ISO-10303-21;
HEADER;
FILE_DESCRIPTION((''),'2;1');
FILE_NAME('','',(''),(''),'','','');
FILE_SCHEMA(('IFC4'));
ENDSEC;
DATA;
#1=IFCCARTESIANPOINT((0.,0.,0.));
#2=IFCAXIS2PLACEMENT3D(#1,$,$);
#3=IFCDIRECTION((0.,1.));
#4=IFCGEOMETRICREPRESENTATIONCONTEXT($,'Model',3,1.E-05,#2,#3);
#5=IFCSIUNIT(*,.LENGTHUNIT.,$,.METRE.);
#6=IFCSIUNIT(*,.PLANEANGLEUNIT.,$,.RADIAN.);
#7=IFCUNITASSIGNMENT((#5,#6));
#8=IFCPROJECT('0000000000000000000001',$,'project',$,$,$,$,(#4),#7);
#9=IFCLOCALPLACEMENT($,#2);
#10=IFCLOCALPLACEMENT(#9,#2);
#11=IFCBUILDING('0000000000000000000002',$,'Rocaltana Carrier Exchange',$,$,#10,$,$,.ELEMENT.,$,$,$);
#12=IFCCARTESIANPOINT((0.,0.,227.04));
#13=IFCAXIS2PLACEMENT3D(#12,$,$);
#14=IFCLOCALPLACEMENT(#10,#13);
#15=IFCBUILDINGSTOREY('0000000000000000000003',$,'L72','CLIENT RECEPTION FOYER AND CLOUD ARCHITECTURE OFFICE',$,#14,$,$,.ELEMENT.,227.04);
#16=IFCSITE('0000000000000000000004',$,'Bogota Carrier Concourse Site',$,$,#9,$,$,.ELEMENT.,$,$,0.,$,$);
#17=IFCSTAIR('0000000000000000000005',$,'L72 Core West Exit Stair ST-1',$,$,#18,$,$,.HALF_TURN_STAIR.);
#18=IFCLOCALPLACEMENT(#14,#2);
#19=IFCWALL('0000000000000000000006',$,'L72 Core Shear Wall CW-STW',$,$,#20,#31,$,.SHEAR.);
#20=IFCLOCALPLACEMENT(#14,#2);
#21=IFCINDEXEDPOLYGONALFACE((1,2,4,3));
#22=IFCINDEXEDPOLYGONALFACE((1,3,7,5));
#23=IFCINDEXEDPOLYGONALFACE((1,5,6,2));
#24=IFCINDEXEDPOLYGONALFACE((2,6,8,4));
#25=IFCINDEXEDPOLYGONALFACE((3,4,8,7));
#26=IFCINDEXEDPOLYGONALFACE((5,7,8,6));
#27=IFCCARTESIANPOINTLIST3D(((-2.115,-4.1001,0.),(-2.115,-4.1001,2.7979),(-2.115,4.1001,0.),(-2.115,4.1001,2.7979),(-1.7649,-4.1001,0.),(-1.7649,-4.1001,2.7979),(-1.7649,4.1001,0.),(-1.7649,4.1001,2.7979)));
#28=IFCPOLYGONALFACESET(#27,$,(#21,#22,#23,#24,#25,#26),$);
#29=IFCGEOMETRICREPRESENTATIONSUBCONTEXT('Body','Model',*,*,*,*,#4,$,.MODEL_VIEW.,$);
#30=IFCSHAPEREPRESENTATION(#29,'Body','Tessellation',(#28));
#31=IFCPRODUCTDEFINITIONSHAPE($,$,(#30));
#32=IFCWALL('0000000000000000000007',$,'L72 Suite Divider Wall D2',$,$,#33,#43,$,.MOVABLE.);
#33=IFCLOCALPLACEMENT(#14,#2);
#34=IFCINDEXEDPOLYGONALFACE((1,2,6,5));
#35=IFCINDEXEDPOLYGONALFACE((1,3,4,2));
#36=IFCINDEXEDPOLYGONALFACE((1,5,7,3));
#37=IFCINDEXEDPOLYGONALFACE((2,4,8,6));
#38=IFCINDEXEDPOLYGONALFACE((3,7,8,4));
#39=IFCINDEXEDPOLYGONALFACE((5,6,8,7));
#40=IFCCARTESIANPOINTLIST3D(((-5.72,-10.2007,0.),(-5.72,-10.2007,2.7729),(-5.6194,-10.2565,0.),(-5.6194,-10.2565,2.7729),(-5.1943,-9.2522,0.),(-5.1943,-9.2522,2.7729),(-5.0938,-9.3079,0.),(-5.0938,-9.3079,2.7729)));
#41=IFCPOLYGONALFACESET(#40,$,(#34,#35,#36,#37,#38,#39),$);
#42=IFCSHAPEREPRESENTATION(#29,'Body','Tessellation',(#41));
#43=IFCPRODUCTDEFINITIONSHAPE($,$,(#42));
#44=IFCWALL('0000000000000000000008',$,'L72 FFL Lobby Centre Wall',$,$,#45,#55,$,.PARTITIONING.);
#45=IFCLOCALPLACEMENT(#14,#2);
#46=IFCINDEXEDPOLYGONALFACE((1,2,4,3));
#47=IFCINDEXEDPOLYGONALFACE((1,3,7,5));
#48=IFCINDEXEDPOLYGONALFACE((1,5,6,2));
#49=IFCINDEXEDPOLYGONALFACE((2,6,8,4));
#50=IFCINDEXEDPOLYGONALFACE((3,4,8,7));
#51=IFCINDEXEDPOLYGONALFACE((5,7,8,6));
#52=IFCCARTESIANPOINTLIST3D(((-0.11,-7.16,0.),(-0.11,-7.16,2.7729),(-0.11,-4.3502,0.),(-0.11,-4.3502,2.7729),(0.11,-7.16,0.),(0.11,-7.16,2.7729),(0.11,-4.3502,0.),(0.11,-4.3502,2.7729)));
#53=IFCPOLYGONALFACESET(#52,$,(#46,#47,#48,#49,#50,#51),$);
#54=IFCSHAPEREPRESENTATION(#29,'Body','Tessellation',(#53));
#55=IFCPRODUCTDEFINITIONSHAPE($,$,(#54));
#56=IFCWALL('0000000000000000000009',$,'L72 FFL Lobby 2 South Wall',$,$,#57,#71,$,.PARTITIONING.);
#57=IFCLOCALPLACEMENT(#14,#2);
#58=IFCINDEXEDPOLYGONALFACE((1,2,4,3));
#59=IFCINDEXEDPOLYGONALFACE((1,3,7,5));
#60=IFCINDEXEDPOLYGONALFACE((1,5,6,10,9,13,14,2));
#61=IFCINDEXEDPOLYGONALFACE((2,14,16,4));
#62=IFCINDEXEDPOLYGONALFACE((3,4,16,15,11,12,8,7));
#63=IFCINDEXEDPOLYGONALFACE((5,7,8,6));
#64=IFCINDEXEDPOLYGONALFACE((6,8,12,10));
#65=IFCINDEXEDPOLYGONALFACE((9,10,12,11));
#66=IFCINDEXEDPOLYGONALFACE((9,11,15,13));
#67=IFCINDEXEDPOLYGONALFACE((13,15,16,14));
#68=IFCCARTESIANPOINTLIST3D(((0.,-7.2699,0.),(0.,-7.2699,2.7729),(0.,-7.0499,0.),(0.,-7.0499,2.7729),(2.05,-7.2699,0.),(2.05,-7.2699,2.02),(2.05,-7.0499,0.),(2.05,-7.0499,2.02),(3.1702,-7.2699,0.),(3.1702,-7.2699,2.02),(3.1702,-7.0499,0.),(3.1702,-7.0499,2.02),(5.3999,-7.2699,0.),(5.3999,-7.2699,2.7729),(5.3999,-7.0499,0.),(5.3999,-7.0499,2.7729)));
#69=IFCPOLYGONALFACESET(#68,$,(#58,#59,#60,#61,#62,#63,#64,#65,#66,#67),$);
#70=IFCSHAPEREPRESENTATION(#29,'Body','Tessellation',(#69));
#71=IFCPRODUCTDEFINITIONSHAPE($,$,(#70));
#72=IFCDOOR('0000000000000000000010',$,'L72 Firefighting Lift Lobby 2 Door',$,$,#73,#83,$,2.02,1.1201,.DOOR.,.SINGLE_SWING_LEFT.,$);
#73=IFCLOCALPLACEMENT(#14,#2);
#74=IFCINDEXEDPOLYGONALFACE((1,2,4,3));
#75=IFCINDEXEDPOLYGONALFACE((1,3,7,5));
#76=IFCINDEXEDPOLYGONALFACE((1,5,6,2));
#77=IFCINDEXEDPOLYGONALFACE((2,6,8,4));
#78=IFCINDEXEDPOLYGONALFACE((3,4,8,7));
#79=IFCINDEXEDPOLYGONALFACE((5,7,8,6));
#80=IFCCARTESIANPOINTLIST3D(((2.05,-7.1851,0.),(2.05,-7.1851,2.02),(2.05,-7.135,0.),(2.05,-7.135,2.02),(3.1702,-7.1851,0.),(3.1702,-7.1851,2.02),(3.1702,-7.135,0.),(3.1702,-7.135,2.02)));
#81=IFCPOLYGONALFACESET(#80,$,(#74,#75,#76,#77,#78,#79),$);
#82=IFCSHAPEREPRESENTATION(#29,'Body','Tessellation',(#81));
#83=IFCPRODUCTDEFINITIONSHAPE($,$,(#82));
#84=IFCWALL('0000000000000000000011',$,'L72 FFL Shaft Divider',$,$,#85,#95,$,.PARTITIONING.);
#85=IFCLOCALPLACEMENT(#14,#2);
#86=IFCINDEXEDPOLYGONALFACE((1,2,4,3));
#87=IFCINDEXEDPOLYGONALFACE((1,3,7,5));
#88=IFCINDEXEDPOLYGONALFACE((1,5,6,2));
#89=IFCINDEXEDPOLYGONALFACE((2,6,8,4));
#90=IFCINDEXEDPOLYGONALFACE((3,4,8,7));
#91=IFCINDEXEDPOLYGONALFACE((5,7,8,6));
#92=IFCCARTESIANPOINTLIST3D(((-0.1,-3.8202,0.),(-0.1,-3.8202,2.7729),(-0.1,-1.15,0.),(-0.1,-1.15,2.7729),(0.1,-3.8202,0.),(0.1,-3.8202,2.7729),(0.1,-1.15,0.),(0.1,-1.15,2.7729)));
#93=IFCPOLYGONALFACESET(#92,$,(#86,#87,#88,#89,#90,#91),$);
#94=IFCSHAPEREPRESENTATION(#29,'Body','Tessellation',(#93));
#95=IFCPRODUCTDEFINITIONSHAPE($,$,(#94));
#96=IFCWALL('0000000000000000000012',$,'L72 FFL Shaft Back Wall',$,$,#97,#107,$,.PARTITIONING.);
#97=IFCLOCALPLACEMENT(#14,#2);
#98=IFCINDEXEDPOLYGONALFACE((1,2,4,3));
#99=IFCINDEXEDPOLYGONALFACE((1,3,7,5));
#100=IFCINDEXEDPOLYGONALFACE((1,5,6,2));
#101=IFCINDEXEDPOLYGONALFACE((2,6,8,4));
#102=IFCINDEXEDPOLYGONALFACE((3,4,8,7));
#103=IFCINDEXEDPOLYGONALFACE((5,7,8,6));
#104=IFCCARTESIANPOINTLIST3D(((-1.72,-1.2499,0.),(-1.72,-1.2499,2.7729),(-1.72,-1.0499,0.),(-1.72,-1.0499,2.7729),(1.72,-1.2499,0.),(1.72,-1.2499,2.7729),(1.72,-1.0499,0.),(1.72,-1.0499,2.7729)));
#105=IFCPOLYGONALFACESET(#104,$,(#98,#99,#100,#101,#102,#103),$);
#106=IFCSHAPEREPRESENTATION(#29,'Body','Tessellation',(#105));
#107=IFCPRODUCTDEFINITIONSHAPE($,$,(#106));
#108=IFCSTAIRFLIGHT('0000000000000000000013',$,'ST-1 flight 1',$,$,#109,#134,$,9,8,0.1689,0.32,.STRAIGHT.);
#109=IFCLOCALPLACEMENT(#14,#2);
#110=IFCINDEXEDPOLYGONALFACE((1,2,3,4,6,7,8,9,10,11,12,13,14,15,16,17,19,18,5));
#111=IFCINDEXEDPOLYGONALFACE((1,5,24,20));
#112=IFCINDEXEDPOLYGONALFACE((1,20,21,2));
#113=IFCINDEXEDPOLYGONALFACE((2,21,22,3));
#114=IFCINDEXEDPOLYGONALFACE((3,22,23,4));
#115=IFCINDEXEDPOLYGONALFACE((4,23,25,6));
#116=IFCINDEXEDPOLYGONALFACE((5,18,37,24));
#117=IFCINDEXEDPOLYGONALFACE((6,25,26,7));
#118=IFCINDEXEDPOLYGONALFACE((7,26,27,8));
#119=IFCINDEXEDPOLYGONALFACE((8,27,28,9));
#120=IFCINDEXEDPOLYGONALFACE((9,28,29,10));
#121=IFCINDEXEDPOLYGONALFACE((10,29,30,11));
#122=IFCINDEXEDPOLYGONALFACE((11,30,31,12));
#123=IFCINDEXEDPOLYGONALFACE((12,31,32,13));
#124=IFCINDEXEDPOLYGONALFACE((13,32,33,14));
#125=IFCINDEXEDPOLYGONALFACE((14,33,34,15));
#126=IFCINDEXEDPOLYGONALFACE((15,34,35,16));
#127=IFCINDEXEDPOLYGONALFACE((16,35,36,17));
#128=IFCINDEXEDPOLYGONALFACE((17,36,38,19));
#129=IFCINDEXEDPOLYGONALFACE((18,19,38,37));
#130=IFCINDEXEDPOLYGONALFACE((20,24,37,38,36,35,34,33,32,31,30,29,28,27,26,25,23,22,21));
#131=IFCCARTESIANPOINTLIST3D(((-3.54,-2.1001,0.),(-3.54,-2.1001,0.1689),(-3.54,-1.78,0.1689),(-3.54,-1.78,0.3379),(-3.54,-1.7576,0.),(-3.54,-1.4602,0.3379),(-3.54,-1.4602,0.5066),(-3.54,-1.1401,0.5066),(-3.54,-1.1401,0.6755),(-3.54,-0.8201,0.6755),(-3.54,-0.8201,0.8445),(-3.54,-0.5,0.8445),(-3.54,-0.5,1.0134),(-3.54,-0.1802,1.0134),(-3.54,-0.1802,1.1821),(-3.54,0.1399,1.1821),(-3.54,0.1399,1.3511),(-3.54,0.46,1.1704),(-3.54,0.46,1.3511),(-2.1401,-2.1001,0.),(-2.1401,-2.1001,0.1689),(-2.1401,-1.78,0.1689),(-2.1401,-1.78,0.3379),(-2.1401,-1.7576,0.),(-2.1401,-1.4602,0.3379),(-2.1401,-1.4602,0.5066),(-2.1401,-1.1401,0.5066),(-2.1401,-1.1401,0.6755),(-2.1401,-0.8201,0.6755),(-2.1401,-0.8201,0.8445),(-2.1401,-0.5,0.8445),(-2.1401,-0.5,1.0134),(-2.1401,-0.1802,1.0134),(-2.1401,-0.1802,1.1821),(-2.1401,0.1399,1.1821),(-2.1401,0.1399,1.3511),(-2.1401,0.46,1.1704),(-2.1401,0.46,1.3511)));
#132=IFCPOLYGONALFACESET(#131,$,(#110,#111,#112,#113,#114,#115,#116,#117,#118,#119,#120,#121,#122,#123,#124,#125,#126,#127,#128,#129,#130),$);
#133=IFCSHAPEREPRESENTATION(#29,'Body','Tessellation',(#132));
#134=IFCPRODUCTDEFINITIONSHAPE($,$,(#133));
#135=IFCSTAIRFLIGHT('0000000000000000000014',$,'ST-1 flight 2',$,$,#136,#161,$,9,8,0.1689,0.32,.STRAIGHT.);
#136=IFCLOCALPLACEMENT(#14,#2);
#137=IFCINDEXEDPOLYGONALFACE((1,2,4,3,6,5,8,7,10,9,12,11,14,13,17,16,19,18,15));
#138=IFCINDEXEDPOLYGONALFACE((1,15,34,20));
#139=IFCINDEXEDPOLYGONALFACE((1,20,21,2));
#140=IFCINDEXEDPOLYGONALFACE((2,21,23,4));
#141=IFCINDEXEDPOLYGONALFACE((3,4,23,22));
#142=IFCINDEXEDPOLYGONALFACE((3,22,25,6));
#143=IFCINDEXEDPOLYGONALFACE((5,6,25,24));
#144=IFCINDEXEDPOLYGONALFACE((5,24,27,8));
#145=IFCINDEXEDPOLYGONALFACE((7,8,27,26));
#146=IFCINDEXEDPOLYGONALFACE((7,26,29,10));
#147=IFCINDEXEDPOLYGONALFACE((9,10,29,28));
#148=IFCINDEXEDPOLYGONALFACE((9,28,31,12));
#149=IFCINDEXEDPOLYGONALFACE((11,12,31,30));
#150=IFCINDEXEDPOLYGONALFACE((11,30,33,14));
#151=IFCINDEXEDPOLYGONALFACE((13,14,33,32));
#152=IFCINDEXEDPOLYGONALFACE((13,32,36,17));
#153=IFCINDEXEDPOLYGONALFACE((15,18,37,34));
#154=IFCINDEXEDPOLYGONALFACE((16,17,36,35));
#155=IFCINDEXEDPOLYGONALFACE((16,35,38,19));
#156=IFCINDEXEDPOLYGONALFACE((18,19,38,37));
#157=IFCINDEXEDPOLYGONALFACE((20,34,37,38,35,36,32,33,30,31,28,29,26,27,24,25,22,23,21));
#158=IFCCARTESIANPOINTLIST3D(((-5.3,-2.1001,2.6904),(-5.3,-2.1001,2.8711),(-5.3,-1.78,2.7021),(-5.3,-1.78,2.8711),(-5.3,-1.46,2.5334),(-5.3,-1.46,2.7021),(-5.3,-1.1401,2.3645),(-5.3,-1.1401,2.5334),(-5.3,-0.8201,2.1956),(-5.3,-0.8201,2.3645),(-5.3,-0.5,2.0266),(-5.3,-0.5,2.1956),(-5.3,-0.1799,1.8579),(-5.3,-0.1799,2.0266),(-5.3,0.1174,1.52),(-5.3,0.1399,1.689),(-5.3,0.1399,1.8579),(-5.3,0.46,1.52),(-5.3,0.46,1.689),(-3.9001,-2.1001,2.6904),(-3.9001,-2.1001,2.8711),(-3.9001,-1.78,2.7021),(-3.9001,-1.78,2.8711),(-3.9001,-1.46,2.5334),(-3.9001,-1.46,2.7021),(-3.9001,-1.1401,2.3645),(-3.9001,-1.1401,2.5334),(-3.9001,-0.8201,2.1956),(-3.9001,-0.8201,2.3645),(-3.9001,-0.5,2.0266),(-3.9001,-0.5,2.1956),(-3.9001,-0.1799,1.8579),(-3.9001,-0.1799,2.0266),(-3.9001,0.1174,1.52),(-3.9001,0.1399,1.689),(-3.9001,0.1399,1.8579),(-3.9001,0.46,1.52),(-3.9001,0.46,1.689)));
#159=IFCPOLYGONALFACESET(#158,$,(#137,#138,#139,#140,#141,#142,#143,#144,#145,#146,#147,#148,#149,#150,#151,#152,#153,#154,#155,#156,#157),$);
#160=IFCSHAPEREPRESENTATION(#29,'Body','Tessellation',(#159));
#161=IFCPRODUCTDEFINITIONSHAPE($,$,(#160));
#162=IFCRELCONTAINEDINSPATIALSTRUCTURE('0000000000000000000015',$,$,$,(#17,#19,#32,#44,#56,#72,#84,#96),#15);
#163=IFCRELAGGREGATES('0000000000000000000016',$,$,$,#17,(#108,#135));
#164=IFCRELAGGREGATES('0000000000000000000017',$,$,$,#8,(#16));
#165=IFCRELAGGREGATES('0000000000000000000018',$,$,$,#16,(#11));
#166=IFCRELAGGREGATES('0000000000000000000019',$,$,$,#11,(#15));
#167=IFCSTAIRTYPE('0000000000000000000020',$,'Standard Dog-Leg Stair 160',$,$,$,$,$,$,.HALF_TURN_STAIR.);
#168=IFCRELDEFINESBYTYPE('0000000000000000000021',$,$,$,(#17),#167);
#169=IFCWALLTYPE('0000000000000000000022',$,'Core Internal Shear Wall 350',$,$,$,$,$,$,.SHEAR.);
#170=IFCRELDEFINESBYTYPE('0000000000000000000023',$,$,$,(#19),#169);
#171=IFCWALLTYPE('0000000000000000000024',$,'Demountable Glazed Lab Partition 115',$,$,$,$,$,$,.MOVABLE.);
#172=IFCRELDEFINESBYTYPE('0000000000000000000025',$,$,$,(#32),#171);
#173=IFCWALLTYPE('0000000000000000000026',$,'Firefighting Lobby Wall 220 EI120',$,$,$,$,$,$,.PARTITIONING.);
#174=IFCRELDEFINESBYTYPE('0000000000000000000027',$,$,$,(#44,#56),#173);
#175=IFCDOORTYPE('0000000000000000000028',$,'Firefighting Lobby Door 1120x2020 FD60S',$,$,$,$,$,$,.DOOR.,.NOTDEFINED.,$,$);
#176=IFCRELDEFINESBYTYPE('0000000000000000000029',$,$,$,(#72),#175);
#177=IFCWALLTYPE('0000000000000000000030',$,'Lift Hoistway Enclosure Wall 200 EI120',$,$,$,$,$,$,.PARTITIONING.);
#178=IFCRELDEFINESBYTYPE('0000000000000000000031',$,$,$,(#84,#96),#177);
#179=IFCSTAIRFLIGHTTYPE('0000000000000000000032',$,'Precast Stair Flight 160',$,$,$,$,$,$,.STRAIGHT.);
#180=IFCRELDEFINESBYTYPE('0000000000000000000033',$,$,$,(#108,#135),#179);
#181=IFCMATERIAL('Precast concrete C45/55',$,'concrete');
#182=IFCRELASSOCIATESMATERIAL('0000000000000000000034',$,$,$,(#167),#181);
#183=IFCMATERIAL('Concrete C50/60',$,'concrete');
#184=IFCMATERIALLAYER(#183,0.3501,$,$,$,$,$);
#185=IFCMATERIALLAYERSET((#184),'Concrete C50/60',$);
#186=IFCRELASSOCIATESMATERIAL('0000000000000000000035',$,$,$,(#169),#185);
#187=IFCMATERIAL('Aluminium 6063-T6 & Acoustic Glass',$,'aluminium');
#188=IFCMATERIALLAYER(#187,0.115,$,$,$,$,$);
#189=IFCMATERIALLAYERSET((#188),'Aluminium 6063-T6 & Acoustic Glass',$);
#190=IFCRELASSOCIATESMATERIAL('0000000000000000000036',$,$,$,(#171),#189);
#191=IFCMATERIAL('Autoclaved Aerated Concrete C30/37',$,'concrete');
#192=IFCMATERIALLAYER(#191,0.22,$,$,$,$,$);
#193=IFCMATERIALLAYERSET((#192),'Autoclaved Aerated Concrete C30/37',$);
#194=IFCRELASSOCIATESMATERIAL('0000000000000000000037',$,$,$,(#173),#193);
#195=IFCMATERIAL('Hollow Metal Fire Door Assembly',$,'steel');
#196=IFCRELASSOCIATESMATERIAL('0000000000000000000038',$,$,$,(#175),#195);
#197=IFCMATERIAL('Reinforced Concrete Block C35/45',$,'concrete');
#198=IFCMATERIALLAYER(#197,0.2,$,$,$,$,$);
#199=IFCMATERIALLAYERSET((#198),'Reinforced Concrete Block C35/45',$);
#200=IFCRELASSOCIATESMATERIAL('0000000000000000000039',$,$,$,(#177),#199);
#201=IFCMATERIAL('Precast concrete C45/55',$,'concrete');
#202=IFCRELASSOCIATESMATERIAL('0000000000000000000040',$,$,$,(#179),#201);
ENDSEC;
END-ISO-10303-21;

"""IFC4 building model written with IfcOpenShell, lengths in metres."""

from ifc_helpers import new_model, si_unit, direction, frame, frame_2d, origin, place, context, subcontext, project, spatial, polyline, rectangle, outline, extrude, material, layer, layer_set, type_object, element, fill, aggregate, save


model = new_model("IFC4")

# Units and contexts
model_context = context("Model", 3, precision=1e-05, world=origin(), true_north=direction((0.0, 1.0)))
body_context = subcontext(model_context, "Body", "Model", "MODEL_VIEW")
ifc_project = project(units=[si_unit("LENGTHUNIT", "METRE"), si_unit("PLANEANGLEUNIT", "RADIAN")], contexts=[model_context])

# Site, building, storey
site_placement = place(None, origin())
site = spatial("IfcSite", under=ifc_project, at=site_placement, Name="Bogota Carrier Concourse Site", CompositionType="ELEMENT", RefElevation=0.0)
building_placement = place(site_placement, origin())
building = spatial("IfcBuilding", under=site, at=building_placement, Name="Rocaltana Carrier Exchange", CompositionType="ELEMENT")
storey_placement = place(building_placement, frame((0.0, 0.0, 227.04)))
storey = spatial("IfcBuildingStorey", under=building, at=storey_placement, Name="L72", Description="CLIENT RECEPTION FOYER AND CLOUD ARCHITECTURE OFFICE", CompositionType="ELEMENT", Elevation=227.04)

# Stair
ifc_material_1 = material(Name="Precast concrete C45/55", Category="concrete")
stair_type = type_object("IfcStairType", Name="Standard Dog-Leg Stair 160", PredefinedType="HALF_TURN_STAIR", material=ifc_material_1)
stair_1_placement = place(storey_placement, origin())
stair_1 = element("IfcStair", 1, at=stair_1_placement, inside=storey, type_object=stair_type, Name="L72 Core West Exit Stair ST-1", PredefinedType="HALF_TURN_STAIR")

# Walls
ifc_material_2 = material(Name="Concrete C50/60", Category="concrete")
ifc_layer_1 = layer(ifc_material_2, 0.3501)
ifc_layer_set_1 = layer_set([ifc_layer_1], Name="Concrete C50/60")
wall_type_1 = type_object("IfcWallType", Name="Core Internal Shear Wall 350", PredefinedType="SHEAR", material=ifc_layer_set_1)
wall_1_placement = place(storey_placement, frame((-1.9399, -4.1001, 0.0), z_axis=(0.0, 0.0, 1.0), x_axis=(0.0, 1.0, 0.0)))
element("IfcWall", 2, at=wall_1_placement, inside=storey, type_object=wall_type_1, Name="L72 Core Shear Wall CW-STW", PredefinedType="SHEAR", context=body_context, shape_type="SweptSolid", body=[
    extrude(rectangle(XDim=8.2002, YDim=0.3501, at=frame_2d((4.1001, 0.0))), origin(), (0.0, 0.0, 1.0), 2.7979),
])
ifc_material_3 = material(Name="Aluminium 6063-T6 & Acoustic Glass", Category="aluminium")
ifc_layer_2 = layer(ifc_material_3, 0.115)
ifc_layer_set_2 = layer_set([ifc_layer_2], Name="Aluminium 6063-T6 & Acoustic Glass")
wall_type_2 = type_object("IfcWallType", Name="Demountable Glazed Lab Partition 115", PredefinedType="MOVABLE", material=ifc_layer_set_2)
wall_2_placement = place(storey_placement, frame((-5.144, -9.28, 0.0), z_axis=(0.0, 0.0, 1.0), x_axis=(-0.484725, -0.874667, 0.0)))
element("IfcWall", 3, at=wall_2_placement, inside=storey, type_object=wall_type_2, Name="L72 Suite Divider Wall D2", PredefinedType="MOVABLE", context=body_context, shape_type="SweptSolid", body=[
    extrude(rectangle(XDim=1.0845, YDim=0.115, at=frame_2d((0.5422, 0.0))), origin(), (0.0, 0.0, 1.0), 2.7729),
])
ifc_material_4 = material(Name="Autoclaved Aerated Concrete C30/37", Category="concrete")
ifc_layer_3 = layer(ifc_material_4, 0.22)
ifc_layer_set_3 = layer_set([ifc_layer_3], Name="Autoclaved Aerated Concrete C30/37")
wall_type_3 = type_object("IfcWallType", Name="Firefighting Lobby Wall 220 EI120", PredefinedType="PARTITIONING", material=ifc_layer_set_3)
wall_3_placement = place(storey_placement, frame((0.0, -7.1599, 0.0), z_axis=(0.0, 0.0, 1.0), x_axis=(0.0, 1.0, 0.0)))
element("IfcWall", 4, at=wall_3_placement, inside=storey, type_object=wall_type_3, Name="L72 FFL Lobby Centre Wall", PredefinedType="PARTITIONING", context=body_context, shape_type="SweptSolid", body=[
    extrude(rectangle(XDim=2.8098, YDim=0.22, at=frame_2d((1.4048, 0.0))), origin(), (0.0, 0.0, 1.0), 2.7729),
])

# Wall, opening, door
wall_4_placement = place(storey_placement, frame((0.0, -7.1599, 0.0), z_axis=(0.0, 0.0, 1.0), x_axis=(1.0, 0.0, 0.0)))
wall_4 = element("IfcWall", 5, at=wall_4_placement, inside=storey, type_object=wall_type_3, Name="L72 FFL Lobby 2 South Wall", PredefinedType="PARTITIONING", context=body_context, shape_type="SweptSolid", body=[
    extrude(rectangle(XDim=5.3999, YDim=0.22, at=frame_2d((2.7, 0.0))), origin(), (0.0, 0.0, 1.0), 2.7729),
])
opening_placement = place(wall_4_placement, frame((2.05, 0.0, 0.0)))
opening = element("IfcOpeningElement", 6, at=opening_placement, cuts=wall_4, PredefinedType="OPENING", context=body_context, shape_type="SweptSolid", body=[
    extrude(rectangle(XDim=1.1201, YDim=2.02, at=frame_2d((0.5601, 1.01))), frame((0.0, 0.1199, 0.0), z_axis=(0.0, -1.0, 0.0), x_axis=(1.0, 0.0, 0.0)), (0.0, 0.0, 1.0), 0.24),
])
ifc_material_5 = material(Name="Hollow Metal Fire Door Assembly", Category="steel")
door_type = type_object("IfcDoorType", Name="Firefighting Lobby Door 1120x2020 FD60S", OperationType="NOTDEFINED", PredefinedType="DOOR", material=ifc_material_5)
door_placement = place(opening_placement, origin())
door = element("IfcDoor", 7, at=door_placement, inside=storey, type_object=door_type, Name="L72 Firefighting Lift Lobby 2 Door", OperationType="SINGLE_SWING_LEFT", OverallHeight=2.02, OverallWidth=1.1201, PredefinedType="DOOR", context=body_context, shape_type="SweptSolid", body=[
    extrude(rectangle(XDim=1.1201, YDim=2.02, at=frame_2d((0.5601, 1.01))), frame((0.0, 0.0249, 0.0), z_axis=(0.0, -1.0, 0.0), x_axis=(1.0, 0.0, 0.0)), (0.0, 0.0, 1.0), 0.05),
])
fill(opening, door)

# Walls
ifc_material_6 = material(Name="Reinforced Concrete Block C35/45", Category="concrete")
ifc_layer_4 = layer(ifc_material_6, 0.2)
ifc_layer_set_4 = layer_set([ifc_layer_4], Name="Reinforced Concrete Block C35/45")
wall_type_4 = type_object("IfcWallType", Name="Lift Hoistway Enclosure Wall 200 EI120", PredefinedType="PARTITIONING", material=ifc_layer_set_4)
wall_5_placement = place(storey_placement, frame((0.0, -3.8201, 0.0), z_axis=(0.0, 0.0, 1.0), x_axis=(0.0, 1.0, 0.0)))
element("IfcWall", 8, at=wall_5_placement, inside=storey, type_object=wall_type_4, Name="L72 FFL Shaft Divider", PredefinedType="PARTITIONING", context=body_context, shape_type="SweptSolid", body=[
    extrude(rectangle(XDim=2.6702, YDim=0.2, at=frame_2d((1.335, 0.0))), origin(), (0.0, 0.0, 1.0), 2.7729),
])
wall_6_placement = place(storey_placement, frame((-1.72, -1.1499, 0.0), z_axis=(0.0, 0.0, 1.0), x_axis=(1.0, 0.0, 0.0)))
element("IfcWall", 9, at=wall_6_placement, inside=storey, type_object=wall_type_4, Name="L72 FFL Shaft Back Wall", PredefinedType="PARTITIONING", context=body_context, shape_type="SweptSolid", body=[
    extrude(rectangle(XDim=3.4399, YDim=0.2, at=frame_2d((1.72, 0.0))), origin(), (0.0, 0.0, 1.0), 2.7729),
])

# Stair flights
ifc_material_7 = material(Name="Precast concrete C45/55", Category="concrete")
stair_flight_type = type_object("IfcStairFlightType", Name="Precast Stair Flight 160", PredefinedType="STRAIGHT", material=ifc_material_7)
stair_flight_1_placement = place(storey_placement, frame((-2.8401, -2.1001, 0.0), z_axis=(0.0, 0.0, 1.0), x_axis=(0.0, 1.0, 0.0)))
stair_flight_1 = element("IfcStairFlight", 10, at=stair_flight_1_placement, type_object=stair_flight_type, Name="ST-1 flight 1", NumberOfRisers=9, NumberOfTreads=8, PredefinedType="STRAIGHT", RiserHeight=0.1689, TreadLength=0.32, context=body_context, shape_type="SweptSolid", body=[
    extrude(outline(polyline([(0.0, 0.0), (0.0, 0.1689), (0.3201, 0.1689), (0.3201, 0.3379), (0.6399, 0.3379), (0.6399, 0.5066), (0.96, 0.5066), (0.96, 0.6755), (1.28, 0.6755), (1.28, 0.8445), (1.6001, 0.8445), (1.6001, 1.0134), (1.9199, 1.0134), (1.9199, 1.1821), (2.24, 1.1821), (2.24, 1.3511), (2.5601, 1.3511), (2.5601, 1.52), (2.5601, 1.1704), (0.3425, 0.0), (0.0, 0.0)])), frame((0.0, 0.7, 0.0), z_axis=(0.0, -1.0, 0.0), x_axis=(1.0, 0.0, 0.0)), (0.0, 0.0, 1.0), 1.3999),
])
stair_flight_2_placement = place(storey_placement, frame((-4.6001, 0.46, 1.52), z_axis=(0.0, 0.0, 1.0), x_axis=(0.0, -1.0, 0.0)))
stair_flight_2 = element("IfcStairFlight", 11, at=stair_flight_2_placement, type_object=stair_flight_type, Name="ST-1 flight 2", NumberOfRisers=9, NumberOfTreads=8, PredefinedType="STRAIGHT", RiserHeight=0.1689, TreadLength=0.32, context=body_context, shape_type="SweptSolid", body=[
    extrude(outline(polyline([(0.0, 0.0), (0.0, 0.1689), (0.3201, 0.1689), (0.3201, 0.3379), (0.6399, 0.3379), (0.6399, 0.5066), (0.96, 0.5066), (0.96, 0.6755), (1.28, 0.6755), (1.28, 0.8445), (1.6001, 0.8445), (1.6001, 1.0134), (1.9199, 1.0134), (1.9199, 1.1821), (2.24, 1.1821), (2.24, 1.3511), (2.5601, 1.3511), (2.5601, 1.52), (2.5601, 1.1704), (0.3425, 0.0), (0.0, 0.0)])), frame((0.0, 0.7, 0.0), z_axis=(0.0, -1.0, 0.0), x_axis=(1.0, 0.0, 0.0)), (0.0, 0.0, 1.0), 1.3999),
])
aggregate(stair_1, [stair_flight_1, stair_flight_2])

save(model, "model.ifc")
